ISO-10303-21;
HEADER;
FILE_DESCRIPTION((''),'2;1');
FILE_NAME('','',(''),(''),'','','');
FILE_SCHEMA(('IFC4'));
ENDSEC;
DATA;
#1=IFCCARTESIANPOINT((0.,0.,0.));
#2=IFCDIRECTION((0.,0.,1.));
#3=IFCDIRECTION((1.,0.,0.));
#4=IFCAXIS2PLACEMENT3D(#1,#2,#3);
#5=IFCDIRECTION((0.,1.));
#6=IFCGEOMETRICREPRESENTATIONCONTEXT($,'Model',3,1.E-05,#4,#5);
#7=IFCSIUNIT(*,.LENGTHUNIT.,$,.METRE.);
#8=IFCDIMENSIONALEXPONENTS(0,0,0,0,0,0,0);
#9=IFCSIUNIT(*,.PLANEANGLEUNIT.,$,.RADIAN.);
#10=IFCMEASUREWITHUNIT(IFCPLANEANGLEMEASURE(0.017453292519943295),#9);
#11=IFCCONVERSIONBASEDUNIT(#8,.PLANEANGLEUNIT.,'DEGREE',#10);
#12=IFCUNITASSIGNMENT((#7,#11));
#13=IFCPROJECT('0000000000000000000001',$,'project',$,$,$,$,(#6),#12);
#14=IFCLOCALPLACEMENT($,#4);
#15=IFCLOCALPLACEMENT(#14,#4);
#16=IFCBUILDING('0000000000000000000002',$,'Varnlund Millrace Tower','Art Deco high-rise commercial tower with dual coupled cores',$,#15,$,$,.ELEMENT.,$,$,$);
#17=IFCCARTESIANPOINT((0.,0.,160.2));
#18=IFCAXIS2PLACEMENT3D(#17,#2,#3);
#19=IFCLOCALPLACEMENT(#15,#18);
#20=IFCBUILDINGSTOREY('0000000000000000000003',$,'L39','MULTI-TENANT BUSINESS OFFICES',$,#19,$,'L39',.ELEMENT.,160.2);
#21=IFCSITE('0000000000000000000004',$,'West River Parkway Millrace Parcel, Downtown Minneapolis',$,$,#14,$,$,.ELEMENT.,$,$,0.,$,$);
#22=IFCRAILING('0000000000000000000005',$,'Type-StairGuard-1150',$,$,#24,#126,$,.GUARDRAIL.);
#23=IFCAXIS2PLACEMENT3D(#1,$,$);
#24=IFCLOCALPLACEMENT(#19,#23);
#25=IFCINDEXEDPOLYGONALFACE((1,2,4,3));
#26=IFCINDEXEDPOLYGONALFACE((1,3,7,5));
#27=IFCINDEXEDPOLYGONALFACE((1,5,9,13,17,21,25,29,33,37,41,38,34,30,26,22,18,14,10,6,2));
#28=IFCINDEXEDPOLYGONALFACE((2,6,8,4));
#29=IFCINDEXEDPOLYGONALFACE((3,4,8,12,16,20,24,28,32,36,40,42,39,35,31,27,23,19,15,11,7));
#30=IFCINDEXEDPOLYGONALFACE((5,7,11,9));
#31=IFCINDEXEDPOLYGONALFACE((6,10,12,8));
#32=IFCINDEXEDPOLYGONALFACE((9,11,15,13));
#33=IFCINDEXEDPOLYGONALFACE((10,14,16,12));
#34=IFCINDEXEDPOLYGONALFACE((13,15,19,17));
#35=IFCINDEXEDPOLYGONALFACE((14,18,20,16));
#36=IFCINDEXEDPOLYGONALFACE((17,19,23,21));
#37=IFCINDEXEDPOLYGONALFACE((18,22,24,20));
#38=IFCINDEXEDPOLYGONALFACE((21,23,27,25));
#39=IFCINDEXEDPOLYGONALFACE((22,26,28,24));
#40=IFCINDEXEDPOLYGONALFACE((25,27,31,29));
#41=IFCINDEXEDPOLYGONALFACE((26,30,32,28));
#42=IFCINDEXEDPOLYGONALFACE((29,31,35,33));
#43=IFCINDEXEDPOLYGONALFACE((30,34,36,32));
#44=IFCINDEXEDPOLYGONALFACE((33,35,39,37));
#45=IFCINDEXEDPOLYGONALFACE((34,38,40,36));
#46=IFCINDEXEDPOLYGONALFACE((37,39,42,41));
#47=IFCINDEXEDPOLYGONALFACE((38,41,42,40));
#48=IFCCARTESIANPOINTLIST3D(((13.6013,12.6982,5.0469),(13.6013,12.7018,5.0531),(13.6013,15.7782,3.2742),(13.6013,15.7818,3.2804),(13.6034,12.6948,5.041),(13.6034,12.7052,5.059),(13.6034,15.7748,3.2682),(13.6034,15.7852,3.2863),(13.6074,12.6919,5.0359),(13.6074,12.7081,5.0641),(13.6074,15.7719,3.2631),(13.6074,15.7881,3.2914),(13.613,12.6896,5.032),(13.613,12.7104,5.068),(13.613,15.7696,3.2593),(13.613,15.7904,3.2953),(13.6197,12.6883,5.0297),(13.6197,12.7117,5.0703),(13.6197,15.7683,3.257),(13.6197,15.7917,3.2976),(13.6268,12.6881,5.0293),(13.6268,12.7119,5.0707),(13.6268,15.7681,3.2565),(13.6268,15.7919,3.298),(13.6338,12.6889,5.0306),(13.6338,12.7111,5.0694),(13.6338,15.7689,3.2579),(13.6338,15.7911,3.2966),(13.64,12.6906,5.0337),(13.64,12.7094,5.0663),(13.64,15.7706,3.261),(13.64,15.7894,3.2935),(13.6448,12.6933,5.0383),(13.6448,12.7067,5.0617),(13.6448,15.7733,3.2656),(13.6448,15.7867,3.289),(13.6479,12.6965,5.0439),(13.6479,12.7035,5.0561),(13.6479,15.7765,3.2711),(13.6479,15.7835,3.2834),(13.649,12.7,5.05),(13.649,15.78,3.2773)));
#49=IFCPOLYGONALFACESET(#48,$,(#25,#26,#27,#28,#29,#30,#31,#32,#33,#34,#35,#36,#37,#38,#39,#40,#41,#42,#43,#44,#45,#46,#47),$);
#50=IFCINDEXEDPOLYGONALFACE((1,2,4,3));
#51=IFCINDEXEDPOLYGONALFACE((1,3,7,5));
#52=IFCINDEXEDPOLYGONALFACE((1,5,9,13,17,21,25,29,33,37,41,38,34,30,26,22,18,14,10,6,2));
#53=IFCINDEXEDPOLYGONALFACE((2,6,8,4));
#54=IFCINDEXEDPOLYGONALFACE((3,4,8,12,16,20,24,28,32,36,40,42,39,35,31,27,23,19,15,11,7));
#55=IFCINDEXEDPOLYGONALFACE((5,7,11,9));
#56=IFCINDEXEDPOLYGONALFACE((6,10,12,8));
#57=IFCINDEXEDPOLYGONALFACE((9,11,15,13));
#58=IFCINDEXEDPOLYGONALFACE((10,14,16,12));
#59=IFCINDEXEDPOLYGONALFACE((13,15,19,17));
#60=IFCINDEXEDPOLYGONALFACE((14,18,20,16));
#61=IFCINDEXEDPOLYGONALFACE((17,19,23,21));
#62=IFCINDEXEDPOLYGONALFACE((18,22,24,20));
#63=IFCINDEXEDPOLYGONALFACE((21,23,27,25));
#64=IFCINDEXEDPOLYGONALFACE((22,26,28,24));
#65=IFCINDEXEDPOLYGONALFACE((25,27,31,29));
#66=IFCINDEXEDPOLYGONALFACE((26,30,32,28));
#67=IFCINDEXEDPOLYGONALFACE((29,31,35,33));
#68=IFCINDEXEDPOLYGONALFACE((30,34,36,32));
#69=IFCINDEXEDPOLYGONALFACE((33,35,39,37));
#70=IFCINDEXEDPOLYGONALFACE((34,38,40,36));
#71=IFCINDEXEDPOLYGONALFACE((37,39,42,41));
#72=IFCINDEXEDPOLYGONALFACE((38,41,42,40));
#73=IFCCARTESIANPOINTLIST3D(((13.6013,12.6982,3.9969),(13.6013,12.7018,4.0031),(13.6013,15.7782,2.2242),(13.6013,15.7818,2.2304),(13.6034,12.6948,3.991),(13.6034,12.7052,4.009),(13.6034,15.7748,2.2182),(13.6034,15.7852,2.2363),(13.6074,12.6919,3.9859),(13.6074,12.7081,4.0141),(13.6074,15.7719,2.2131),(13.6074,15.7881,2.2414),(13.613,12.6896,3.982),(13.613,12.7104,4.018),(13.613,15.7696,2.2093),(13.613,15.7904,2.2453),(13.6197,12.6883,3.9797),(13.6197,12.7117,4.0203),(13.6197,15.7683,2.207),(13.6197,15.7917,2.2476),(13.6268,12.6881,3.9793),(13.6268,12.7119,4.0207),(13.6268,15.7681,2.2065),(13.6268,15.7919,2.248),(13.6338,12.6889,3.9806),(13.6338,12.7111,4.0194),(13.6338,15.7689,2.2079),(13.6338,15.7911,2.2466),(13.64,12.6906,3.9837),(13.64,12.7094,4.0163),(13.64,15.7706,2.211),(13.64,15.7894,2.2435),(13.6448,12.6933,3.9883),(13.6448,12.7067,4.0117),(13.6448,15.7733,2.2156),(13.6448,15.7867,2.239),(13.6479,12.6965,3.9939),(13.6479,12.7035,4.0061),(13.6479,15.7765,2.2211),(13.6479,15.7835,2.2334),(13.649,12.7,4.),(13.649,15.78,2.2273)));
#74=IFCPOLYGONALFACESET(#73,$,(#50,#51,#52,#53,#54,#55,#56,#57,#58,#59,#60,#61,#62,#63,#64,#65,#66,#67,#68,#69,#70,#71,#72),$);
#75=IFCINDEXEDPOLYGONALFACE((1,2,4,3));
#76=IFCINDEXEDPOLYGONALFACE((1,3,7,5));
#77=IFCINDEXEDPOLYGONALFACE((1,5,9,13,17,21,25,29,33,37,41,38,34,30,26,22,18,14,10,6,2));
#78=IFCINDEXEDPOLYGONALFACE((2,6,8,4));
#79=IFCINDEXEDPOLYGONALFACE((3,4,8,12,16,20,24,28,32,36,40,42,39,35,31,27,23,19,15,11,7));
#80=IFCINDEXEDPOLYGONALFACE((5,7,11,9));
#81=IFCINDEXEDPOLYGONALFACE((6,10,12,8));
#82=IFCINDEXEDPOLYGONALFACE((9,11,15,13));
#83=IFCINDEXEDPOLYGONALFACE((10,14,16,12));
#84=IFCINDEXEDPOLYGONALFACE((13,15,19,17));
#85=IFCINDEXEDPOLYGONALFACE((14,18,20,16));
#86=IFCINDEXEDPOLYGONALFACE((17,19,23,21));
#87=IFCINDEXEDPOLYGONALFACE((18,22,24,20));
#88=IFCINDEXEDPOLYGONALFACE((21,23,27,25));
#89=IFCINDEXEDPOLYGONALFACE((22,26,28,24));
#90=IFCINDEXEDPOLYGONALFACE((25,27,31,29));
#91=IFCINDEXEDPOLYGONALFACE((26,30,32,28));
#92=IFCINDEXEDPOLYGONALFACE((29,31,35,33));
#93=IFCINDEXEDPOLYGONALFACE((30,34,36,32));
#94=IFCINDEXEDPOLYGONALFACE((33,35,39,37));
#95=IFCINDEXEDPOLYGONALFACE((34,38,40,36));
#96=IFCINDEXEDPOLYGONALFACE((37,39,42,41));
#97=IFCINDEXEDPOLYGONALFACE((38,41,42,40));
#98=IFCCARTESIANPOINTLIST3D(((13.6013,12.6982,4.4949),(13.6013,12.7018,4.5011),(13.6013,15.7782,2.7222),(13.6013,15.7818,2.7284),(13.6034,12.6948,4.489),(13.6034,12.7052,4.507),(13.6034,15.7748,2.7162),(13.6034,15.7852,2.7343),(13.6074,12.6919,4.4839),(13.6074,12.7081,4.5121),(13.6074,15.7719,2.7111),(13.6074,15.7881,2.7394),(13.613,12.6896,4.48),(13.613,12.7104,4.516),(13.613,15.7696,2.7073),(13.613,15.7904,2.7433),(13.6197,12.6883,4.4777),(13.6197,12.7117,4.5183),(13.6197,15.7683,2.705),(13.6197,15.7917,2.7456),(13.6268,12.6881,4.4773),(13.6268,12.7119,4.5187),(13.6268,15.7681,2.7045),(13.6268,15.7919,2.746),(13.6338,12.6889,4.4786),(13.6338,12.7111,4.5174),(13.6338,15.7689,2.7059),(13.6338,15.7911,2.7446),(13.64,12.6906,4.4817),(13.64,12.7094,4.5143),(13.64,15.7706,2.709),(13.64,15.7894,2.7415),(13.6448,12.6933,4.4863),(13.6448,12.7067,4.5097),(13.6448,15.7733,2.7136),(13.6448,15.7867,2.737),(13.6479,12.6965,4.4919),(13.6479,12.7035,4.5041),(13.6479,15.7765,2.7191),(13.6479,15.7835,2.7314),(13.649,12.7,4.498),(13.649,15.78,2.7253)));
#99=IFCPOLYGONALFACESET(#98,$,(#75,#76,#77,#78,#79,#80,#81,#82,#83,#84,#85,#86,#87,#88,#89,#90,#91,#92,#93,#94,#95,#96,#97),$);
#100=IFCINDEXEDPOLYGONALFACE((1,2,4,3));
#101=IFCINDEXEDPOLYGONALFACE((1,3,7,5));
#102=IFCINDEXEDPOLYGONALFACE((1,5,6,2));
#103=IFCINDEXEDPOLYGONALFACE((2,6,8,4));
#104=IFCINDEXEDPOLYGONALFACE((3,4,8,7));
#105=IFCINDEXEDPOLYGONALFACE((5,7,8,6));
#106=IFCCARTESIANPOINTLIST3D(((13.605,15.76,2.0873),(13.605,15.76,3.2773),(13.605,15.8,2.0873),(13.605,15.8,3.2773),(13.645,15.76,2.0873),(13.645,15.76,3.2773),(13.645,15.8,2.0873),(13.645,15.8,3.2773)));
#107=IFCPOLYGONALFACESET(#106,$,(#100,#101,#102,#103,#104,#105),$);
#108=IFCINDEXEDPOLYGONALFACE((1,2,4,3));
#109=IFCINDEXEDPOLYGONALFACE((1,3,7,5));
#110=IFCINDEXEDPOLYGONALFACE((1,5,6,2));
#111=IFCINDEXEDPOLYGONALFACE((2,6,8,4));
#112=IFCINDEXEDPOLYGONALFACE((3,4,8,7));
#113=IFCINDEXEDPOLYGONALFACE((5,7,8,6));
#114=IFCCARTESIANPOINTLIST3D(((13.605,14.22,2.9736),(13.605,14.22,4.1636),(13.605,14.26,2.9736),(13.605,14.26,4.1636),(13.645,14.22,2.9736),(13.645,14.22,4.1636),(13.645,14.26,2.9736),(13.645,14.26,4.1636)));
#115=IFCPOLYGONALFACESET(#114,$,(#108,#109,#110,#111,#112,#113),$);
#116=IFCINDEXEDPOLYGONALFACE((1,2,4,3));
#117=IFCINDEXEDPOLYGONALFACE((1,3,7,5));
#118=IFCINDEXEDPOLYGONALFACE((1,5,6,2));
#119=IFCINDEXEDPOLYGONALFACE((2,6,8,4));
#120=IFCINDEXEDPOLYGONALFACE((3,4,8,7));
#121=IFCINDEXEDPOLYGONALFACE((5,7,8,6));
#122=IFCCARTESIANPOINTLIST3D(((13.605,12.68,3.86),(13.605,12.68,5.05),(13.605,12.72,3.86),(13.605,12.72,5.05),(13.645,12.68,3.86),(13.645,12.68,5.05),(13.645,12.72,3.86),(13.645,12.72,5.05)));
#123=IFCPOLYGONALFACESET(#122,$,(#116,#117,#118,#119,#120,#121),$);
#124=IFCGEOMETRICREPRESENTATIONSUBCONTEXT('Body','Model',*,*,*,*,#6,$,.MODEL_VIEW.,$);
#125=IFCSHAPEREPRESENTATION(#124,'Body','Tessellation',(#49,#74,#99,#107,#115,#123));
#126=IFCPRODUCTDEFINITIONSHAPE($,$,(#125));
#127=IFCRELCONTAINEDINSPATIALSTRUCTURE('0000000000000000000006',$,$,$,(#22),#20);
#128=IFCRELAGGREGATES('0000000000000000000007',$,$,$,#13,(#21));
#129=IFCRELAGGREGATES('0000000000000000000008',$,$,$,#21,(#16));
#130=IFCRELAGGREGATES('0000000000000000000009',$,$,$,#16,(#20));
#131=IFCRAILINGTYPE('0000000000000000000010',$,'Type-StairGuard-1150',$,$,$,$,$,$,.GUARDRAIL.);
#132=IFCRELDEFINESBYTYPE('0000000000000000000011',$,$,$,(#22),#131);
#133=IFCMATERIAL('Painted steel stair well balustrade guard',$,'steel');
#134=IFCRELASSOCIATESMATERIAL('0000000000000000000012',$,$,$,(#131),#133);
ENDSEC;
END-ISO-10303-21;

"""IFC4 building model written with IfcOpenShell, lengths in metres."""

from ifc_helpers import new_model, entity, si_unit, converted_unit, direction, frame, origin_with_axes, origin_2d_with_axis, place, context, subcontext, project, spatial, rectangle, circle, extrude, material, type_object, element, save


model = new_model("IFC4")

# Units and contexts
model_context = context("Model", 3, precision=1e-05, world=origin_with_axes(), true_north=direction((0.0, 1.0)))
body_context = subcontext(model_context, "Body", "Model", "MODEL_VIEW")
ifc_project = project(units=[si_unit("LENGTHUNIT", "METRE"), converted_unit("PLANEANGLEUNIT", "DEGREE", entity("IfcPlaneAngleMeasure", 0.017453292519943295), si_unit("PLANEANGLEUNIT", "RADIAN"), dimensions=[0, 0, 0, 0, 0, 0, 0])], contexts=[model_context])

# Site, building, storey
site_placement = place(None, origin_with_axes())
site = spatial("IfcSite", under=ifc_project, at=site_placement, Name="West River Parkway Millrace Parcel, Downtown Minneapolis", CompositionType="ELEMENT", RefElevation=0.0)
building_placement = place(site_placement, origin_with_axes())
building = spatial("IfcBuilding", under=site, at=building_placement, Name="Varnlund Millrace Tower", Description="Art Deco high-rise commercial tower with dual coupled cores", CompositionType="ELEMENT")
storey_placement = place(building_placement, frame((0.0, 0.0, 160.2), z_axis=(0.0, 0.0, 1.0), x_axis=(1.0, 0.0, 0.0)))
storey = spatial("IfcBuildingStorey", under=building, at=storey_placement, Name="L39", Description="MULTI-TENANT BUSINESS OFFICES", LongName="L39", CompositionType="ELEMENT", Elevation=160.2)

# Railing
ifc_material_1 = material(Name="Painted steel stair well balustrade guard", Category="steel")
railing_type_1 = type_object("IfcRailingType", Name="Type-StairGuard-1150", PredefinedType="GUARDRAIL", material=ifc_material_1)
railing_1_placement = place(storey_placement, frame((0.0, 0.0, -160.2), z_axis=(0.0, 0.0, 1.0), x_axis=(1.0, 0.0, 0.0)))
element("IfcRailing", 1, at=railing_1_placement, inside=storey, type_object=railing_type_1, Name="Type-StairGuard-1150", PredefinedType="GUARDRAIL", context=body_context, shape_type="SweptSolid", body=[
    extrude(circle(Radius=0.024, at=origin_2d_with_axis()), frame((13.625, 15.78, 163.4773), z_axis=(0.0, -0.866696, 0.498836), x_axis=(1.0, 0.0, 0.0)), (0.0, 0.0, 1.0), 3.5537),
    extrude(circle(Radius=0.024, at=origin_2d_with_axis()), frame((13.625, 15.78, 162.4273), z_axis=(0.0, -0.866696, 0.498836), x_axis=(1.0, 0.0, 0.0)), (0.0, 0.0, 1.0), 3.5537),
    extrude(circle(Radius=0.024, at=origin_2d_with_axis()), frame((13.625, 15.78, 162.9253), z_axis=(0.0, -0.866696, 0.498836), x_axis=(1.0, 0.0, 0.0)), (0.0, 0.0, 1.0), 3.5537),
    extrude(rectangle(XDim=0.04, YDim=0.04, at=origin_2d_with_axis()), frame((13.625, 15.78, 162.2873), z_axis=(0.0, 0.0, 1.0), x_axis=(1.0, 0.0, 0.0)), (0.0, 0.0, 1.0), 1.19),
    extrude(rectangle(XDim=0.04, YDim=0.04, at=origin_2d_with_axis()), frame((13.625, 14.24, 163.1736), z_axis=(0.0, 0.0, 1.0), x_axis=(1.0, 0.0, 0.0)), (0.0, 0.0, 1.0), 1.19),
    extrude(rectangle(XDim=0.04, YDim=0.04, at=origin_2d_with_axis()), frame((13.625, 12.7, 164.06), z_axis=(0.0, 0.0, 1.0), x_axis=(1.0, 0.0, 0.0)), (0.0, 0.0, 1.0), 1.19),
])

save(model, "model.ifc")
